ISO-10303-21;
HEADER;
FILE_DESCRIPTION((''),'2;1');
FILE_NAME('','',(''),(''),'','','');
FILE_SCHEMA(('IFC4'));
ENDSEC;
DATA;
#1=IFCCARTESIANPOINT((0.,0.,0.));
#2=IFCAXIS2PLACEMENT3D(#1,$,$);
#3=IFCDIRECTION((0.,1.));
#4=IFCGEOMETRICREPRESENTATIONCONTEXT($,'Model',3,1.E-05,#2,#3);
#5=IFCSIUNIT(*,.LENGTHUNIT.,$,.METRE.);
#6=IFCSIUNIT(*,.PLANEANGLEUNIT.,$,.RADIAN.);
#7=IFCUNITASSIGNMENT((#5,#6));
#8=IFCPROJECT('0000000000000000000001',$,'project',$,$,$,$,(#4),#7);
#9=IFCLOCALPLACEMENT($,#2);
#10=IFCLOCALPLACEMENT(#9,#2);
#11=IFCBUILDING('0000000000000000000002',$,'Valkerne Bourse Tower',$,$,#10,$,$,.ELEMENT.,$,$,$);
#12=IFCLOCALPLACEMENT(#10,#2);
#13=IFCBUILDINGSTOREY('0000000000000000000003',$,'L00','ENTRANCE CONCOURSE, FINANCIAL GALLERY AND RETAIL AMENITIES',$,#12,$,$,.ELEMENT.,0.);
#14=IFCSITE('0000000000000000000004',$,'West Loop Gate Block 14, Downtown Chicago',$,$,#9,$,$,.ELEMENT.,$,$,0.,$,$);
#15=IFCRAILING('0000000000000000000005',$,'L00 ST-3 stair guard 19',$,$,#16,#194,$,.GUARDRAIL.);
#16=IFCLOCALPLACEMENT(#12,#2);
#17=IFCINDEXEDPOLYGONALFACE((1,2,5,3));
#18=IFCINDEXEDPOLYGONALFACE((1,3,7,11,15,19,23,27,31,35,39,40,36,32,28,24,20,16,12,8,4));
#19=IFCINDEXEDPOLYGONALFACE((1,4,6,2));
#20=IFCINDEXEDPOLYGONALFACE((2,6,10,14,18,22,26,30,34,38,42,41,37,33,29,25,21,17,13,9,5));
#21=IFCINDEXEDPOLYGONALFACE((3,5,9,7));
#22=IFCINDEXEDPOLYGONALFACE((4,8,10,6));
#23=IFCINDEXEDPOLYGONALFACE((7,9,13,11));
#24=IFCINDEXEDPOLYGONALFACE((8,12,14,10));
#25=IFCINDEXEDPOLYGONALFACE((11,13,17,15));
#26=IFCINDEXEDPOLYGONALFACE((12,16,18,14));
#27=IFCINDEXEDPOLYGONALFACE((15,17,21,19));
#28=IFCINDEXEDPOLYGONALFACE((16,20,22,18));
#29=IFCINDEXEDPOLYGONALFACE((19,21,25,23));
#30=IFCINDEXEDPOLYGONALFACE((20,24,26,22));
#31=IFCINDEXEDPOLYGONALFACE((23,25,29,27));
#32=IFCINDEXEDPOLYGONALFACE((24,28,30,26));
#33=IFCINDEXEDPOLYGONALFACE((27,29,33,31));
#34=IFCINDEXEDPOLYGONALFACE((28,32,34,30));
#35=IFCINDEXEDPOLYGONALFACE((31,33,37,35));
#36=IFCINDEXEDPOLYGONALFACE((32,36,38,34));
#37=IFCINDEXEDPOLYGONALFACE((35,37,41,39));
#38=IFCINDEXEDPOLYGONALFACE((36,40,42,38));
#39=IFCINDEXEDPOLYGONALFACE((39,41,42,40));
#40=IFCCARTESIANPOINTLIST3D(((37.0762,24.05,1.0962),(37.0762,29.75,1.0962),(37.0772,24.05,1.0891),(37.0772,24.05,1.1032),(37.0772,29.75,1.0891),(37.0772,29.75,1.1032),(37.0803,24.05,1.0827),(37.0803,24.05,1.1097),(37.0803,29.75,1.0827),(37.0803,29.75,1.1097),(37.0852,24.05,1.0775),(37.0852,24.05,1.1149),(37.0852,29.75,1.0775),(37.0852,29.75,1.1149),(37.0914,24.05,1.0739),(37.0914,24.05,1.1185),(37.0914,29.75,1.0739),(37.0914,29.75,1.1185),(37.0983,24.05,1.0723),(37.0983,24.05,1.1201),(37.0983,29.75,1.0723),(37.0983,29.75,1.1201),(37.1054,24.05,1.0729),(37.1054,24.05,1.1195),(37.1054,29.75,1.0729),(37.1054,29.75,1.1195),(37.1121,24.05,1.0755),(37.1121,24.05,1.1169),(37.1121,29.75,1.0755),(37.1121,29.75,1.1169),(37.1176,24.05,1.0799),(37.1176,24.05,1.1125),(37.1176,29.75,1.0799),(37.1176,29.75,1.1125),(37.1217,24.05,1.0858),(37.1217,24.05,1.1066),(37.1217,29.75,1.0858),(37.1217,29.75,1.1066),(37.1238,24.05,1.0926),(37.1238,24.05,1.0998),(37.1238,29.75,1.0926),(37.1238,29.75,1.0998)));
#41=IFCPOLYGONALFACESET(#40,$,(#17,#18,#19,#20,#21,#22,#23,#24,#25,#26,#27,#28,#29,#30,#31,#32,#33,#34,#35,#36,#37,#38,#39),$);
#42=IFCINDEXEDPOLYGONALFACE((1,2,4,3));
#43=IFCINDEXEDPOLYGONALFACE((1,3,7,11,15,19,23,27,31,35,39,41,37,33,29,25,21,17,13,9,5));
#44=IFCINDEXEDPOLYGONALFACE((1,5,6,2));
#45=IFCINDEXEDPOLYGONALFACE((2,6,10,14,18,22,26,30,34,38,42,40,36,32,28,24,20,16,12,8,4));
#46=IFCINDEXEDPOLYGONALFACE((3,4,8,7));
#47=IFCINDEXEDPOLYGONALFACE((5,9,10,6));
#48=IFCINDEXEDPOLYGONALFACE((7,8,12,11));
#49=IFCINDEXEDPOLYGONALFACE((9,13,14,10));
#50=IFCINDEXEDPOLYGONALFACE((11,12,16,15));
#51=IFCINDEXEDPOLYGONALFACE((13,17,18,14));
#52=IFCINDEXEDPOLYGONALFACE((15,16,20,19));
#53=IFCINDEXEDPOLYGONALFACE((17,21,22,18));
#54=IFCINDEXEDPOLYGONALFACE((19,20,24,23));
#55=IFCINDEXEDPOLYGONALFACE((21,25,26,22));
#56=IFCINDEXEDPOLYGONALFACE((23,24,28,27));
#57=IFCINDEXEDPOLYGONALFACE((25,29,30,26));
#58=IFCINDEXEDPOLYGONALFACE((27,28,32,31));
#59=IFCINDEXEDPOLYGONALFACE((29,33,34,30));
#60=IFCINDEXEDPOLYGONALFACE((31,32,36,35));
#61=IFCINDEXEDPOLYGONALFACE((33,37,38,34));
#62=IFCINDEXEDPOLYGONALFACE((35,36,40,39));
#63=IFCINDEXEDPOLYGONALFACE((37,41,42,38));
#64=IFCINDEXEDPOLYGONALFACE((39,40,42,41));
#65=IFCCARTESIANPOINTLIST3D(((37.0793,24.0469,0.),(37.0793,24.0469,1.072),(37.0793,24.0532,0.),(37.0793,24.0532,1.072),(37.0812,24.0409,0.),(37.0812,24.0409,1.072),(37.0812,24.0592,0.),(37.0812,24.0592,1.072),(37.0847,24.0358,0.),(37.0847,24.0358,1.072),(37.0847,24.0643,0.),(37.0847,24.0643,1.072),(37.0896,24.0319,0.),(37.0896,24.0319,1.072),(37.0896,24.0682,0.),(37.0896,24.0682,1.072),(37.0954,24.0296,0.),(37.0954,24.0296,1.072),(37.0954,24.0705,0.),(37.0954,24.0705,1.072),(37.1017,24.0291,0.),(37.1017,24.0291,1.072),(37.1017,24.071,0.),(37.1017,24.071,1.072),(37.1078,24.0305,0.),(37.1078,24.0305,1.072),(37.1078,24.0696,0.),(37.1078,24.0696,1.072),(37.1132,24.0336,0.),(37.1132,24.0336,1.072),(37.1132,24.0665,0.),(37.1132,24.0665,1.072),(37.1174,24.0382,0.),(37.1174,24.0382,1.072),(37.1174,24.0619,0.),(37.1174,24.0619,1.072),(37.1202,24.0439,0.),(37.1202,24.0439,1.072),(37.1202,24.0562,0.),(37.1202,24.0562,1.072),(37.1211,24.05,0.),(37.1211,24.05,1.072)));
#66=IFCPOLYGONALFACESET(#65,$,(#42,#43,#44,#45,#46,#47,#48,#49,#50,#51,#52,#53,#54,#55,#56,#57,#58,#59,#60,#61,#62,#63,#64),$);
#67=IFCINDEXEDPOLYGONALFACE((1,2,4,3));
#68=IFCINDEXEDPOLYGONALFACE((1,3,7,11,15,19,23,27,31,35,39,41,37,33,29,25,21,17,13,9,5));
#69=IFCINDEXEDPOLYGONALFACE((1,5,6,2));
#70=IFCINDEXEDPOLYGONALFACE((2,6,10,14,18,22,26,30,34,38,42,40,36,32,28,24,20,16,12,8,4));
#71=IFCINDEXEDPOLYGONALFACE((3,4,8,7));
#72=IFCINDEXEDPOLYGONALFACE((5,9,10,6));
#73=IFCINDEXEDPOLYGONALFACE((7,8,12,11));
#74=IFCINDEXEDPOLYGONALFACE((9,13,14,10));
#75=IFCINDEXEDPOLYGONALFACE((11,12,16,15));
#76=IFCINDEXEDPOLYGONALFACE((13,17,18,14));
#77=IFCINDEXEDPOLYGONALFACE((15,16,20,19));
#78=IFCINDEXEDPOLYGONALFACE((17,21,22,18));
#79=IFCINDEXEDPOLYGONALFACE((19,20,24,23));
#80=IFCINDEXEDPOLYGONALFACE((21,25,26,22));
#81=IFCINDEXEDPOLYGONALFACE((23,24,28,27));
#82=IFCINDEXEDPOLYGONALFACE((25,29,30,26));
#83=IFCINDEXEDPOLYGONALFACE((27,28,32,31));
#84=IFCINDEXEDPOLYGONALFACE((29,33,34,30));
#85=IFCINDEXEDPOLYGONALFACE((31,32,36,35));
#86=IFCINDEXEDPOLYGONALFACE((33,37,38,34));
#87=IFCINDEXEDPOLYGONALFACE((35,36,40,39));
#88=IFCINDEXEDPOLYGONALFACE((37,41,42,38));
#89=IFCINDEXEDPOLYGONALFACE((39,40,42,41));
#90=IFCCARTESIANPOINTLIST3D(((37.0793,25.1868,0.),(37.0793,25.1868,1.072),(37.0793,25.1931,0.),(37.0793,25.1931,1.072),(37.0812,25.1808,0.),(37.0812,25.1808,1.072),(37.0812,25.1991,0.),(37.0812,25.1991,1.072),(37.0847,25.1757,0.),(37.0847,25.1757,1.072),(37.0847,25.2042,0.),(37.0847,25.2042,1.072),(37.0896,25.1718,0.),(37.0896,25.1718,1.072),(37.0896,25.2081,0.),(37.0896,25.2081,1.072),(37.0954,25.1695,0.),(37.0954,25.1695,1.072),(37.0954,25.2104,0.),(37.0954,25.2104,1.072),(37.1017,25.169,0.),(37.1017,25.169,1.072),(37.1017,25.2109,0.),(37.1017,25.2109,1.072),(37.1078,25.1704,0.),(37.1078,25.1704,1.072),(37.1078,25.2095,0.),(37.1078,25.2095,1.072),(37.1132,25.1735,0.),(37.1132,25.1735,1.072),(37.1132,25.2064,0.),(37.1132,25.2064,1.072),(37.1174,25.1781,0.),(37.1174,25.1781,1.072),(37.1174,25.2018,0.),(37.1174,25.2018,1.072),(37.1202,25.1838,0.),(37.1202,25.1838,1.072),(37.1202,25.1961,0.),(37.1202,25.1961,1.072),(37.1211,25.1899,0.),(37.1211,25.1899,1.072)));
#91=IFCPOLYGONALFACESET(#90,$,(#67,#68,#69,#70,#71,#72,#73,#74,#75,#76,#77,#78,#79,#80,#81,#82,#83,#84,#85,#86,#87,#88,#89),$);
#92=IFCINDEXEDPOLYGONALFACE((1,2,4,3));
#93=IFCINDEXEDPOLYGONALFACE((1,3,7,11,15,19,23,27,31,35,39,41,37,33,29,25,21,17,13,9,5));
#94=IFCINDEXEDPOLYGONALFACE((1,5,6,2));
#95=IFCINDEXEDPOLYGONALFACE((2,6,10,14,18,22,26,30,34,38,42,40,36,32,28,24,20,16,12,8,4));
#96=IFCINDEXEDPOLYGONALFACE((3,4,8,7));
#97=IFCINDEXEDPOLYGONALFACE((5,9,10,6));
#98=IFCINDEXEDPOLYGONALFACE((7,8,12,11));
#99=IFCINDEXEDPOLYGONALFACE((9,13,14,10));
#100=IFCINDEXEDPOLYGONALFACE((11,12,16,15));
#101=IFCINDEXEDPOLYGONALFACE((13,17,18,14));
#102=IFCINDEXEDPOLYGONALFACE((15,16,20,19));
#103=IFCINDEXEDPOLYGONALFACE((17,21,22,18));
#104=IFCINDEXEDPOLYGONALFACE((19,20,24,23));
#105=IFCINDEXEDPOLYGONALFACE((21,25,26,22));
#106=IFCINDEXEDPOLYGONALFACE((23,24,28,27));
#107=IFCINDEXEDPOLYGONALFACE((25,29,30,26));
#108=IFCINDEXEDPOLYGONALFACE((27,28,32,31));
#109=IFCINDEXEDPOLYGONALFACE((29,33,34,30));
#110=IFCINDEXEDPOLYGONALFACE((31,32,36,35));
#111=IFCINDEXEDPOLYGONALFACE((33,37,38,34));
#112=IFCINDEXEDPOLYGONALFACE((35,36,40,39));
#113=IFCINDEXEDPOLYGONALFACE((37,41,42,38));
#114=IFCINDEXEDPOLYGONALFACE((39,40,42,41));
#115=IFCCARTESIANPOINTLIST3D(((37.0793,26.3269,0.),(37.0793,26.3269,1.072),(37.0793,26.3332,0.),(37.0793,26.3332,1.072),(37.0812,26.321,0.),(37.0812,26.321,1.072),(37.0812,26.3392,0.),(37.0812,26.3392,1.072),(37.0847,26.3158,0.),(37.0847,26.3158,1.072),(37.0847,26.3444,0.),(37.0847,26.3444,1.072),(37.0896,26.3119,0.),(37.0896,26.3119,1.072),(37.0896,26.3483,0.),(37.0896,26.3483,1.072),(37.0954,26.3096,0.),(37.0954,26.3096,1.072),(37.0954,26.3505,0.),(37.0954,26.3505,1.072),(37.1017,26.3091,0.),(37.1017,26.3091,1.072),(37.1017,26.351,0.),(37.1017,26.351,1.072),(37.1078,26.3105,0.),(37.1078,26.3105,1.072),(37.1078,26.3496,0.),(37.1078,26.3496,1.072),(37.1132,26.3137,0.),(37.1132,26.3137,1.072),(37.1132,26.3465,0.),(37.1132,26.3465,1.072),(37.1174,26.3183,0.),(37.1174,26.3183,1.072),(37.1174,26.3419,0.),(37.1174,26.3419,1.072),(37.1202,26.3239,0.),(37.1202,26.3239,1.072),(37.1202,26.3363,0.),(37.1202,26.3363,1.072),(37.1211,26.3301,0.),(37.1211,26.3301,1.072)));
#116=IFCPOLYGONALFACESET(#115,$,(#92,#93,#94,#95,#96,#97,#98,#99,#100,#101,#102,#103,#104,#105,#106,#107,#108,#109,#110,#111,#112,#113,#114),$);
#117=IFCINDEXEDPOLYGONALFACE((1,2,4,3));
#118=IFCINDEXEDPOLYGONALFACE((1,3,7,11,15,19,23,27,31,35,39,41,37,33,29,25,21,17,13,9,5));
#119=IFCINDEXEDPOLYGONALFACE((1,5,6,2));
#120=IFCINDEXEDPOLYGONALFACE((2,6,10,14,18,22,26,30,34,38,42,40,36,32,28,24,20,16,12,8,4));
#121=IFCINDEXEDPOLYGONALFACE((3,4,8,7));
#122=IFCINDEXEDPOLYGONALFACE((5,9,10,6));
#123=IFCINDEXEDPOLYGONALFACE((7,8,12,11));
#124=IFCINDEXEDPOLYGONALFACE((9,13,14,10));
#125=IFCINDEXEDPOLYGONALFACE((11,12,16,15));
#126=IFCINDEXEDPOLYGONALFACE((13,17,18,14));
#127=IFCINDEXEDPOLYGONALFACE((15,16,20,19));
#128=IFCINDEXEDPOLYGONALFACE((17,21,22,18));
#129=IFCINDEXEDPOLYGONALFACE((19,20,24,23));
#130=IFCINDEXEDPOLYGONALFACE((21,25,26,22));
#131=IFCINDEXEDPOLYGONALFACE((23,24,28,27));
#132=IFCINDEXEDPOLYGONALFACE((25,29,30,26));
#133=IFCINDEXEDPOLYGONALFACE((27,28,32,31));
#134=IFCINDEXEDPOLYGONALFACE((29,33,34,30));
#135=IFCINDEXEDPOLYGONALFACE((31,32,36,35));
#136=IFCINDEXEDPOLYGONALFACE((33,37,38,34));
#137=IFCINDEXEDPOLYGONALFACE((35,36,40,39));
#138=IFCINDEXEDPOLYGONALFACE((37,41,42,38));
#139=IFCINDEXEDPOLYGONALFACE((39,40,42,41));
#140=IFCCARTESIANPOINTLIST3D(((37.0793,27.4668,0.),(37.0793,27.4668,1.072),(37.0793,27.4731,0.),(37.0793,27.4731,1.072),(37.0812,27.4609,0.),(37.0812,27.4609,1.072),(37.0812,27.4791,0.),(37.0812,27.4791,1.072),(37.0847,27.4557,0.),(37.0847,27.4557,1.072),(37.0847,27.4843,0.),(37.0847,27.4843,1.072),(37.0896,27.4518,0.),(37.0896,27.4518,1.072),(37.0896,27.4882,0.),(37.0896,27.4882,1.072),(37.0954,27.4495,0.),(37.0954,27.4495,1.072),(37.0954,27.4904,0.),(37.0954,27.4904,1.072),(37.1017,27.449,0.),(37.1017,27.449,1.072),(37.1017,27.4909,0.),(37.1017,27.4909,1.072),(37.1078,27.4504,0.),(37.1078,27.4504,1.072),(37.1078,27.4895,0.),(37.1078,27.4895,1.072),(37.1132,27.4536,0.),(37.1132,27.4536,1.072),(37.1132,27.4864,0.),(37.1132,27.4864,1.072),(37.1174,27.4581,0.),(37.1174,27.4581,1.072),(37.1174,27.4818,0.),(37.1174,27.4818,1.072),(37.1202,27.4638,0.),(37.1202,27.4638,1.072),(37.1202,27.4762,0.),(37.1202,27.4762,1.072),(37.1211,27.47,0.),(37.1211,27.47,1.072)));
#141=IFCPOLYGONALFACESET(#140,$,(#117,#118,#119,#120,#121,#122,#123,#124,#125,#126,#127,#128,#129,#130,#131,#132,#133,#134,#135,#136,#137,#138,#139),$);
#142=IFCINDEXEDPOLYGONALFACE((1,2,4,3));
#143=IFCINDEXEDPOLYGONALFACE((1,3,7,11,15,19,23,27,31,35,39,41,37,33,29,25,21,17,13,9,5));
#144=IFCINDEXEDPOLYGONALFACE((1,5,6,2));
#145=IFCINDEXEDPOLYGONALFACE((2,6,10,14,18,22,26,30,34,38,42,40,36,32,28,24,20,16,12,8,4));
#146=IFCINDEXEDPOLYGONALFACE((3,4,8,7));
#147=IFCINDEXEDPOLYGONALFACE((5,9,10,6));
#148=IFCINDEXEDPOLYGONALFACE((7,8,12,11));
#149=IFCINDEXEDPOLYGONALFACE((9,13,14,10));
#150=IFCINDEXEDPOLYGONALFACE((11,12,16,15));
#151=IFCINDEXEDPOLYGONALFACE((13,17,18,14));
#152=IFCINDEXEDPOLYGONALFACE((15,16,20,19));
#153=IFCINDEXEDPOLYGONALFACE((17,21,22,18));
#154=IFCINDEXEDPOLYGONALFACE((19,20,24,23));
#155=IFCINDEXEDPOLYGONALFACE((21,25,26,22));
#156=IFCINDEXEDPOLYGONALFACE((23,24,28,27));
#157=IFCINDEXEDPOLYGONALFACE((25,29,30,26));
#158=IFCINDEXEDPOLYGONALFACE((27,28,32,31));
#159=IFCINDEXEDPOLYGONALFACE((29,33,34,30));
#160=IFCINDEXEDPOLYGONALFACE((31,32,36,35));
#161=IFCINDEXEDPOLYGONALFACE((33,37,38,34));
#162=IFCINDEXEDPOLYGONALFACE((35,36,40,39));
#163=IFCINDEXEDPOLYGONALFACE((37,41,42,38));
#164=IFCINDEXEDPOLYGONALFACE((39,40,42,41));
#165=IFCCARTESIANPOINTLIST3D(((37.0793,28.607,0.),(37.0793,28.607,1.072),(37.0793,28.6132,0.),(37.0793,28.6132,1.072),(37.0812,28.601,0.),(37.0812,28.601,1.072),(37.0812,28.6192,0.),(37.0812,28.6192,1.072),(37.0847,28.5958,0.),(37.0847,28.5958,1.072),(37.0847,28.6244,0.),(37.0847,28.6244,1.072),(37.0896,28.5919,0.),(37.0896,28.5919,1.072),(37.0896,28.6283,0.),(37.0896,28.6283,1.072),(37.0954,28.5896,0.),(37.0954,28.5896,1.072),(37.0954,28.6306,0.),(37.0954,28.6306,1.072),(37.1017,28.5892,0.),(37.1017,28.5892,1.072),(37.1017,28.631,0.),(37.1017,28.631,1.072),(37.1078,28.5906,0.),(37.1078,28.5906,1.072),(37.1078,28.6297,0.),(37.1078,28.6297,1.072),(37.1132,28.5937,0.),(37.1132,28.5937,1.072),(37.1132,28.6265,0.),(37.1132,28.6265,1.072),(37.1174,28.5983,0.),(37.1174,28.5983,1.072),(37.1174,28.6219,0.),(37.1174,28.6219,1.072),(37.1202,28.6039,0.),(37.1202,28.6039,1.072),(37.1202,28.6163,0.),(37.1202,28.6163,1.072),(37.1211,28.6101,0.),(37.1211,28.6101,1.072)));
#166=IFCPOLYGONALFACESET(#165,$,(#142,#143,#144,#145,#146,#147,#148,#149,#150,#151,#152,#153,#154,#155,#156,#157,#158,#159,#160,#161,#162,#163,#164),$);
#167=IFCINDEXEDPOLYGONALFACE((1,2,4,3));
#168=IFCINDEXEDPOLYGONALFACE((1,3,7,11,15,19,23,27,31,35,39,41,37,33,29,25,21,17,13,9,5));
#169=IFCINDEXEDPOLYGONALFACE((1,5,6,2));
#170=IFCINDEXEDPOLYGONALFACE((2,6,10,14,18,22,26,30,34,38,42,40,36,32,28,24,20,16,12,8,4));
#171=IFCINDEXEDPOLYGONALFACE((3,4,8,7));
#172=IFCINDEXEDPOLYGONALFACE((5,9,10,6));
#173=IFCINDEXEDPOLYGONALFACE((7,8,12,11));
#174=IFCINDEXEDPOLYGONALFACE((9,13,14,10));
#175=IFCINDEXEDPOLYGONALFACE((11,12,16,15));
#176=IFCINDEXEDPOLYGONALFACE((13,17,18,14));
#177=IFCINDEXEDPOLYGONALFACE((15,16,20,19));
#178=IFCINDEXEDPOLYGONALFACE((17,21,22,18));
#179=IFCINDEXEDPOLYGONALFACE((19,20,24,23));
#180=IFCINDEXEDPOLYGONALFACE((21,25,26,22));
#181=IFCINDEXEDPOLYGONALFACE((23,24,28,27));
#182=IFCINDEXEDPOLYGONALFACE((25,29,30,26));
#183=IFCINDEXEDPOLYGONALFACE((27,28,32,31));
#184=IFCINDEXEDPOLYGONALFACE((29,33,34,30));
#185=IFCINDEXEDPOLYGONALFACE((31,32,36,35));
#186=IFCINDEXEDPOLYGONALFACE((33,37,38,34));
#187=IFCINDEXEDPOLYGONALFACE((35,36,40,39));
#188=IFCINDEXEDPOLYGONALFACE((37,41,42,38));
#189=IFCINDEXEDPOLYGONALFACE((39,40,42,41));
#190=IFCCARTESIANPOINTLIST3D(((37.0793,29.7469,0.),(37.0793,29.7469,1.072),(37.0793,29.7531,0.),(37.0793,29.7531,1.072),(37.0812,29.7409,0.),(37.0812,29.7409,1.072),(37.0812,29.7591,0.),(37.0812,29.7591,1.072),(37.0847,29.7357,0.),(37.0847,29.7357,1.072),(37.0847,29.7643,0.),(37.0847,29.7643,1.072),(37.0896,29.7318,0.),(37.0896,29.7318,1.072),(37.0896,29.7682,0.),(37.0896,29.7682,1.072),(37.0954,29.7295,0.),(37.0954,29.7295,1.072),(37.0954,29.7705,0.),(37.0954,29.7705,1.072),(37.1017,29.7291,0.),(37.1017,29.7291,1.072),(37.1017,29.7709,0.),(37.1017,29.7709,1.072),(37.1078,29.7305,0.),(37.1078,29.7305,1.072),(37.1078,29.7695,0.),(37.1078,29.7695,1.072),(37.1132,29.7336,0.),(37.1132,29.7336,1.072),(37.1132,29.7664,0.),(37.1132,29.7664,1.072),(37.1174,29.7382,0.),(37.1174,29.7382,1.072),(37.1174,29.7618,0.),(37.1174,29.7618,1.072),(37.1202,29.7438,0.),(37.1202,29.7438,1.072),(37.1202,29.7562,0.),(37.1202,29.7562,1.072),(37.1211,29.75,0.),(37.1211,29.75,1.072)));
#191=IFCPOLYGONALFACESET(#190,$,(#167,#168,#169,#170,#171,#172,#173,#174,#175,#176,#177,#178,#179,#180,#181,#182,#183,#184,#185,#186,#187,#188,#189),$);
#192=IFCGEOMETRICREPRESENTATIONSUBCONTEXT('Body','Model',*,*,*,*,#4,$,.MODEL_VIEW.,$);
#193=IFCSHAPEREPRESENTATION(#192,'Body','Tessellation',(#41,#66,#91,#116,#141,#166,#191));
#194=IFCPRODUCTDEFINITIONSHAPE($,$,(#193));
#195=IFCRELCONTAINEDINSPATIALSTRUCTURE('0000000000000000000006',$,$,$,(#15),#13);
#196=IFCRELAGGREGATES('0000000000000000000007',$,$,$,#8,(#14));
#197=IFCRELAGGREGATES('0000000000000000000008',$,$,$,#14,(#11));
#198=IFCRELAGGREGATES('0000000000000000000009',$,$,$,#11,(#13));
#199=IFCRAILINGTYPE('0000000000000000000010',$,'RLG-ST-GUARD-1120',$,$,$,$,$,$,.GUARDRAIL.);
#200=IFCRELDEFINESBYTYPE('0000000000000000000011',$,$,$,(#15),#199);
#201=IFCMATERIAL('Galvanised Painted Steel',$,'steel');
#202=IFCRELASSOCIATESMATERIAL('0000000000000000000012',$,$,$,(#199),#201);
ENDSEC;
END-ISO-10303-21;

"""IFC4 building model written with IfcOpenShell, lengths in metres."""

from ifc_helpers import new_model, si_unit, direction, frame, origin, origin_2d, place, context, subcontext, project, spatial, circle, extrude, material, type_object, element, save


model = new_model("IFC4")

# Units and contexts
model_context = context("Model", 3, precision=1e-05, world=origin(), true_north=direction((0.0, 1.0)))
body_context = subcontext(model_context, "Body", "Model", "MODEL_VIEW")
ifc_project = project(units=[si_unit("LENGTHUNIT", "METRE"), si_unit("PLANEANGLEUNIT", "RADIAN")], contexts=[model_context])

# Site, building, storey
site_placement = place(None, origin())
site = spatial("IfcSite", under=ifc_project, at=site_placement, Name="West Loop Gate Block 14, Downtown Chicago", CompositionType="ELEMENT", RefElevation=0.0)
building_placement = place(site_placement, origin())
building = spatial("IfcBuilding", under=site, at=building_placement, Name="Valkerne Bourse Tower", CompositionType="ELEMENT")
storey_placement = place(building_placement, origin())
storey = spatial("IfcBuildingStorey", under=building, at=storey_placement, Name="L00", Description="ENTRANCE CONCOURSE, FINANCIAL GALLERY AND RETAIL AMENITIES", CompositionType="ELEMENT", Elevation=0.0)

# Shared definitions
ifc_material_1 = material(Name="Galvanised Painted Steel", Category="steel")

# Railing
railing_type_1 = type_object("IfcRailingType", Name="RLG-ST-GUARD-1120", PredefinedType="GUARDRAIL", material=ifc_material_1)
for number, where, name in (
    (1, (37.1001, 24.05, 0.0), "L00 ST-3 stair guard 19"),
):
    element("IfcRailing", number, at=place(storey_placement, frame(where)), inside=storey, type_object=railing_type_1, Name=name, PredefinedType="GUARDRAIL", context=body_context, shape_type="SweptSolid", body=[
        extrude(circle(Radius=0.0239, at=origin_2d()), frame((0.0, 0.0, 1.0962), z_axis=(0.0, 1.0, 0.0), x_axis=(-1.0, 0.0, 0.0)), (0.0, 0.0, 1.0), 5.7),
        extrude(circle(Radius=0.021, at=origin_2d()), origin(), (0.0, 0.0, 1.0), 1.072),
        extrude(circle(Radius=0.021, at=origin_2d()), frame((0.0, 1.1399, 0.0)), (0.0, 0.0, 1.0), 1.072),
        extrude(circle(Radius=0.021, at=origin_2d()), frame((0.0, 2.28, 0.0)), (0.0, 0.0, 1.0), 1.072),
        extrude(circle(Radius=0.021, at=origin_2d()), frame((0.0, 3.4199, 0.0)), (0.0, 0.0, 1.0), 1.072),
        extrude(circle(Radius=0.021, at=origin_2d()), frame((0.0, 4.5601, 0.0)), (0.0, 0.0, 1.0), 1.072),
        extrude(circle(Radius=0.021, at=origin_2d()), frame((0.0, 5.7, 0.0)), (0.0, 0.0, 1.0), 1.072),
    ])

save(model, "model.ifc")
